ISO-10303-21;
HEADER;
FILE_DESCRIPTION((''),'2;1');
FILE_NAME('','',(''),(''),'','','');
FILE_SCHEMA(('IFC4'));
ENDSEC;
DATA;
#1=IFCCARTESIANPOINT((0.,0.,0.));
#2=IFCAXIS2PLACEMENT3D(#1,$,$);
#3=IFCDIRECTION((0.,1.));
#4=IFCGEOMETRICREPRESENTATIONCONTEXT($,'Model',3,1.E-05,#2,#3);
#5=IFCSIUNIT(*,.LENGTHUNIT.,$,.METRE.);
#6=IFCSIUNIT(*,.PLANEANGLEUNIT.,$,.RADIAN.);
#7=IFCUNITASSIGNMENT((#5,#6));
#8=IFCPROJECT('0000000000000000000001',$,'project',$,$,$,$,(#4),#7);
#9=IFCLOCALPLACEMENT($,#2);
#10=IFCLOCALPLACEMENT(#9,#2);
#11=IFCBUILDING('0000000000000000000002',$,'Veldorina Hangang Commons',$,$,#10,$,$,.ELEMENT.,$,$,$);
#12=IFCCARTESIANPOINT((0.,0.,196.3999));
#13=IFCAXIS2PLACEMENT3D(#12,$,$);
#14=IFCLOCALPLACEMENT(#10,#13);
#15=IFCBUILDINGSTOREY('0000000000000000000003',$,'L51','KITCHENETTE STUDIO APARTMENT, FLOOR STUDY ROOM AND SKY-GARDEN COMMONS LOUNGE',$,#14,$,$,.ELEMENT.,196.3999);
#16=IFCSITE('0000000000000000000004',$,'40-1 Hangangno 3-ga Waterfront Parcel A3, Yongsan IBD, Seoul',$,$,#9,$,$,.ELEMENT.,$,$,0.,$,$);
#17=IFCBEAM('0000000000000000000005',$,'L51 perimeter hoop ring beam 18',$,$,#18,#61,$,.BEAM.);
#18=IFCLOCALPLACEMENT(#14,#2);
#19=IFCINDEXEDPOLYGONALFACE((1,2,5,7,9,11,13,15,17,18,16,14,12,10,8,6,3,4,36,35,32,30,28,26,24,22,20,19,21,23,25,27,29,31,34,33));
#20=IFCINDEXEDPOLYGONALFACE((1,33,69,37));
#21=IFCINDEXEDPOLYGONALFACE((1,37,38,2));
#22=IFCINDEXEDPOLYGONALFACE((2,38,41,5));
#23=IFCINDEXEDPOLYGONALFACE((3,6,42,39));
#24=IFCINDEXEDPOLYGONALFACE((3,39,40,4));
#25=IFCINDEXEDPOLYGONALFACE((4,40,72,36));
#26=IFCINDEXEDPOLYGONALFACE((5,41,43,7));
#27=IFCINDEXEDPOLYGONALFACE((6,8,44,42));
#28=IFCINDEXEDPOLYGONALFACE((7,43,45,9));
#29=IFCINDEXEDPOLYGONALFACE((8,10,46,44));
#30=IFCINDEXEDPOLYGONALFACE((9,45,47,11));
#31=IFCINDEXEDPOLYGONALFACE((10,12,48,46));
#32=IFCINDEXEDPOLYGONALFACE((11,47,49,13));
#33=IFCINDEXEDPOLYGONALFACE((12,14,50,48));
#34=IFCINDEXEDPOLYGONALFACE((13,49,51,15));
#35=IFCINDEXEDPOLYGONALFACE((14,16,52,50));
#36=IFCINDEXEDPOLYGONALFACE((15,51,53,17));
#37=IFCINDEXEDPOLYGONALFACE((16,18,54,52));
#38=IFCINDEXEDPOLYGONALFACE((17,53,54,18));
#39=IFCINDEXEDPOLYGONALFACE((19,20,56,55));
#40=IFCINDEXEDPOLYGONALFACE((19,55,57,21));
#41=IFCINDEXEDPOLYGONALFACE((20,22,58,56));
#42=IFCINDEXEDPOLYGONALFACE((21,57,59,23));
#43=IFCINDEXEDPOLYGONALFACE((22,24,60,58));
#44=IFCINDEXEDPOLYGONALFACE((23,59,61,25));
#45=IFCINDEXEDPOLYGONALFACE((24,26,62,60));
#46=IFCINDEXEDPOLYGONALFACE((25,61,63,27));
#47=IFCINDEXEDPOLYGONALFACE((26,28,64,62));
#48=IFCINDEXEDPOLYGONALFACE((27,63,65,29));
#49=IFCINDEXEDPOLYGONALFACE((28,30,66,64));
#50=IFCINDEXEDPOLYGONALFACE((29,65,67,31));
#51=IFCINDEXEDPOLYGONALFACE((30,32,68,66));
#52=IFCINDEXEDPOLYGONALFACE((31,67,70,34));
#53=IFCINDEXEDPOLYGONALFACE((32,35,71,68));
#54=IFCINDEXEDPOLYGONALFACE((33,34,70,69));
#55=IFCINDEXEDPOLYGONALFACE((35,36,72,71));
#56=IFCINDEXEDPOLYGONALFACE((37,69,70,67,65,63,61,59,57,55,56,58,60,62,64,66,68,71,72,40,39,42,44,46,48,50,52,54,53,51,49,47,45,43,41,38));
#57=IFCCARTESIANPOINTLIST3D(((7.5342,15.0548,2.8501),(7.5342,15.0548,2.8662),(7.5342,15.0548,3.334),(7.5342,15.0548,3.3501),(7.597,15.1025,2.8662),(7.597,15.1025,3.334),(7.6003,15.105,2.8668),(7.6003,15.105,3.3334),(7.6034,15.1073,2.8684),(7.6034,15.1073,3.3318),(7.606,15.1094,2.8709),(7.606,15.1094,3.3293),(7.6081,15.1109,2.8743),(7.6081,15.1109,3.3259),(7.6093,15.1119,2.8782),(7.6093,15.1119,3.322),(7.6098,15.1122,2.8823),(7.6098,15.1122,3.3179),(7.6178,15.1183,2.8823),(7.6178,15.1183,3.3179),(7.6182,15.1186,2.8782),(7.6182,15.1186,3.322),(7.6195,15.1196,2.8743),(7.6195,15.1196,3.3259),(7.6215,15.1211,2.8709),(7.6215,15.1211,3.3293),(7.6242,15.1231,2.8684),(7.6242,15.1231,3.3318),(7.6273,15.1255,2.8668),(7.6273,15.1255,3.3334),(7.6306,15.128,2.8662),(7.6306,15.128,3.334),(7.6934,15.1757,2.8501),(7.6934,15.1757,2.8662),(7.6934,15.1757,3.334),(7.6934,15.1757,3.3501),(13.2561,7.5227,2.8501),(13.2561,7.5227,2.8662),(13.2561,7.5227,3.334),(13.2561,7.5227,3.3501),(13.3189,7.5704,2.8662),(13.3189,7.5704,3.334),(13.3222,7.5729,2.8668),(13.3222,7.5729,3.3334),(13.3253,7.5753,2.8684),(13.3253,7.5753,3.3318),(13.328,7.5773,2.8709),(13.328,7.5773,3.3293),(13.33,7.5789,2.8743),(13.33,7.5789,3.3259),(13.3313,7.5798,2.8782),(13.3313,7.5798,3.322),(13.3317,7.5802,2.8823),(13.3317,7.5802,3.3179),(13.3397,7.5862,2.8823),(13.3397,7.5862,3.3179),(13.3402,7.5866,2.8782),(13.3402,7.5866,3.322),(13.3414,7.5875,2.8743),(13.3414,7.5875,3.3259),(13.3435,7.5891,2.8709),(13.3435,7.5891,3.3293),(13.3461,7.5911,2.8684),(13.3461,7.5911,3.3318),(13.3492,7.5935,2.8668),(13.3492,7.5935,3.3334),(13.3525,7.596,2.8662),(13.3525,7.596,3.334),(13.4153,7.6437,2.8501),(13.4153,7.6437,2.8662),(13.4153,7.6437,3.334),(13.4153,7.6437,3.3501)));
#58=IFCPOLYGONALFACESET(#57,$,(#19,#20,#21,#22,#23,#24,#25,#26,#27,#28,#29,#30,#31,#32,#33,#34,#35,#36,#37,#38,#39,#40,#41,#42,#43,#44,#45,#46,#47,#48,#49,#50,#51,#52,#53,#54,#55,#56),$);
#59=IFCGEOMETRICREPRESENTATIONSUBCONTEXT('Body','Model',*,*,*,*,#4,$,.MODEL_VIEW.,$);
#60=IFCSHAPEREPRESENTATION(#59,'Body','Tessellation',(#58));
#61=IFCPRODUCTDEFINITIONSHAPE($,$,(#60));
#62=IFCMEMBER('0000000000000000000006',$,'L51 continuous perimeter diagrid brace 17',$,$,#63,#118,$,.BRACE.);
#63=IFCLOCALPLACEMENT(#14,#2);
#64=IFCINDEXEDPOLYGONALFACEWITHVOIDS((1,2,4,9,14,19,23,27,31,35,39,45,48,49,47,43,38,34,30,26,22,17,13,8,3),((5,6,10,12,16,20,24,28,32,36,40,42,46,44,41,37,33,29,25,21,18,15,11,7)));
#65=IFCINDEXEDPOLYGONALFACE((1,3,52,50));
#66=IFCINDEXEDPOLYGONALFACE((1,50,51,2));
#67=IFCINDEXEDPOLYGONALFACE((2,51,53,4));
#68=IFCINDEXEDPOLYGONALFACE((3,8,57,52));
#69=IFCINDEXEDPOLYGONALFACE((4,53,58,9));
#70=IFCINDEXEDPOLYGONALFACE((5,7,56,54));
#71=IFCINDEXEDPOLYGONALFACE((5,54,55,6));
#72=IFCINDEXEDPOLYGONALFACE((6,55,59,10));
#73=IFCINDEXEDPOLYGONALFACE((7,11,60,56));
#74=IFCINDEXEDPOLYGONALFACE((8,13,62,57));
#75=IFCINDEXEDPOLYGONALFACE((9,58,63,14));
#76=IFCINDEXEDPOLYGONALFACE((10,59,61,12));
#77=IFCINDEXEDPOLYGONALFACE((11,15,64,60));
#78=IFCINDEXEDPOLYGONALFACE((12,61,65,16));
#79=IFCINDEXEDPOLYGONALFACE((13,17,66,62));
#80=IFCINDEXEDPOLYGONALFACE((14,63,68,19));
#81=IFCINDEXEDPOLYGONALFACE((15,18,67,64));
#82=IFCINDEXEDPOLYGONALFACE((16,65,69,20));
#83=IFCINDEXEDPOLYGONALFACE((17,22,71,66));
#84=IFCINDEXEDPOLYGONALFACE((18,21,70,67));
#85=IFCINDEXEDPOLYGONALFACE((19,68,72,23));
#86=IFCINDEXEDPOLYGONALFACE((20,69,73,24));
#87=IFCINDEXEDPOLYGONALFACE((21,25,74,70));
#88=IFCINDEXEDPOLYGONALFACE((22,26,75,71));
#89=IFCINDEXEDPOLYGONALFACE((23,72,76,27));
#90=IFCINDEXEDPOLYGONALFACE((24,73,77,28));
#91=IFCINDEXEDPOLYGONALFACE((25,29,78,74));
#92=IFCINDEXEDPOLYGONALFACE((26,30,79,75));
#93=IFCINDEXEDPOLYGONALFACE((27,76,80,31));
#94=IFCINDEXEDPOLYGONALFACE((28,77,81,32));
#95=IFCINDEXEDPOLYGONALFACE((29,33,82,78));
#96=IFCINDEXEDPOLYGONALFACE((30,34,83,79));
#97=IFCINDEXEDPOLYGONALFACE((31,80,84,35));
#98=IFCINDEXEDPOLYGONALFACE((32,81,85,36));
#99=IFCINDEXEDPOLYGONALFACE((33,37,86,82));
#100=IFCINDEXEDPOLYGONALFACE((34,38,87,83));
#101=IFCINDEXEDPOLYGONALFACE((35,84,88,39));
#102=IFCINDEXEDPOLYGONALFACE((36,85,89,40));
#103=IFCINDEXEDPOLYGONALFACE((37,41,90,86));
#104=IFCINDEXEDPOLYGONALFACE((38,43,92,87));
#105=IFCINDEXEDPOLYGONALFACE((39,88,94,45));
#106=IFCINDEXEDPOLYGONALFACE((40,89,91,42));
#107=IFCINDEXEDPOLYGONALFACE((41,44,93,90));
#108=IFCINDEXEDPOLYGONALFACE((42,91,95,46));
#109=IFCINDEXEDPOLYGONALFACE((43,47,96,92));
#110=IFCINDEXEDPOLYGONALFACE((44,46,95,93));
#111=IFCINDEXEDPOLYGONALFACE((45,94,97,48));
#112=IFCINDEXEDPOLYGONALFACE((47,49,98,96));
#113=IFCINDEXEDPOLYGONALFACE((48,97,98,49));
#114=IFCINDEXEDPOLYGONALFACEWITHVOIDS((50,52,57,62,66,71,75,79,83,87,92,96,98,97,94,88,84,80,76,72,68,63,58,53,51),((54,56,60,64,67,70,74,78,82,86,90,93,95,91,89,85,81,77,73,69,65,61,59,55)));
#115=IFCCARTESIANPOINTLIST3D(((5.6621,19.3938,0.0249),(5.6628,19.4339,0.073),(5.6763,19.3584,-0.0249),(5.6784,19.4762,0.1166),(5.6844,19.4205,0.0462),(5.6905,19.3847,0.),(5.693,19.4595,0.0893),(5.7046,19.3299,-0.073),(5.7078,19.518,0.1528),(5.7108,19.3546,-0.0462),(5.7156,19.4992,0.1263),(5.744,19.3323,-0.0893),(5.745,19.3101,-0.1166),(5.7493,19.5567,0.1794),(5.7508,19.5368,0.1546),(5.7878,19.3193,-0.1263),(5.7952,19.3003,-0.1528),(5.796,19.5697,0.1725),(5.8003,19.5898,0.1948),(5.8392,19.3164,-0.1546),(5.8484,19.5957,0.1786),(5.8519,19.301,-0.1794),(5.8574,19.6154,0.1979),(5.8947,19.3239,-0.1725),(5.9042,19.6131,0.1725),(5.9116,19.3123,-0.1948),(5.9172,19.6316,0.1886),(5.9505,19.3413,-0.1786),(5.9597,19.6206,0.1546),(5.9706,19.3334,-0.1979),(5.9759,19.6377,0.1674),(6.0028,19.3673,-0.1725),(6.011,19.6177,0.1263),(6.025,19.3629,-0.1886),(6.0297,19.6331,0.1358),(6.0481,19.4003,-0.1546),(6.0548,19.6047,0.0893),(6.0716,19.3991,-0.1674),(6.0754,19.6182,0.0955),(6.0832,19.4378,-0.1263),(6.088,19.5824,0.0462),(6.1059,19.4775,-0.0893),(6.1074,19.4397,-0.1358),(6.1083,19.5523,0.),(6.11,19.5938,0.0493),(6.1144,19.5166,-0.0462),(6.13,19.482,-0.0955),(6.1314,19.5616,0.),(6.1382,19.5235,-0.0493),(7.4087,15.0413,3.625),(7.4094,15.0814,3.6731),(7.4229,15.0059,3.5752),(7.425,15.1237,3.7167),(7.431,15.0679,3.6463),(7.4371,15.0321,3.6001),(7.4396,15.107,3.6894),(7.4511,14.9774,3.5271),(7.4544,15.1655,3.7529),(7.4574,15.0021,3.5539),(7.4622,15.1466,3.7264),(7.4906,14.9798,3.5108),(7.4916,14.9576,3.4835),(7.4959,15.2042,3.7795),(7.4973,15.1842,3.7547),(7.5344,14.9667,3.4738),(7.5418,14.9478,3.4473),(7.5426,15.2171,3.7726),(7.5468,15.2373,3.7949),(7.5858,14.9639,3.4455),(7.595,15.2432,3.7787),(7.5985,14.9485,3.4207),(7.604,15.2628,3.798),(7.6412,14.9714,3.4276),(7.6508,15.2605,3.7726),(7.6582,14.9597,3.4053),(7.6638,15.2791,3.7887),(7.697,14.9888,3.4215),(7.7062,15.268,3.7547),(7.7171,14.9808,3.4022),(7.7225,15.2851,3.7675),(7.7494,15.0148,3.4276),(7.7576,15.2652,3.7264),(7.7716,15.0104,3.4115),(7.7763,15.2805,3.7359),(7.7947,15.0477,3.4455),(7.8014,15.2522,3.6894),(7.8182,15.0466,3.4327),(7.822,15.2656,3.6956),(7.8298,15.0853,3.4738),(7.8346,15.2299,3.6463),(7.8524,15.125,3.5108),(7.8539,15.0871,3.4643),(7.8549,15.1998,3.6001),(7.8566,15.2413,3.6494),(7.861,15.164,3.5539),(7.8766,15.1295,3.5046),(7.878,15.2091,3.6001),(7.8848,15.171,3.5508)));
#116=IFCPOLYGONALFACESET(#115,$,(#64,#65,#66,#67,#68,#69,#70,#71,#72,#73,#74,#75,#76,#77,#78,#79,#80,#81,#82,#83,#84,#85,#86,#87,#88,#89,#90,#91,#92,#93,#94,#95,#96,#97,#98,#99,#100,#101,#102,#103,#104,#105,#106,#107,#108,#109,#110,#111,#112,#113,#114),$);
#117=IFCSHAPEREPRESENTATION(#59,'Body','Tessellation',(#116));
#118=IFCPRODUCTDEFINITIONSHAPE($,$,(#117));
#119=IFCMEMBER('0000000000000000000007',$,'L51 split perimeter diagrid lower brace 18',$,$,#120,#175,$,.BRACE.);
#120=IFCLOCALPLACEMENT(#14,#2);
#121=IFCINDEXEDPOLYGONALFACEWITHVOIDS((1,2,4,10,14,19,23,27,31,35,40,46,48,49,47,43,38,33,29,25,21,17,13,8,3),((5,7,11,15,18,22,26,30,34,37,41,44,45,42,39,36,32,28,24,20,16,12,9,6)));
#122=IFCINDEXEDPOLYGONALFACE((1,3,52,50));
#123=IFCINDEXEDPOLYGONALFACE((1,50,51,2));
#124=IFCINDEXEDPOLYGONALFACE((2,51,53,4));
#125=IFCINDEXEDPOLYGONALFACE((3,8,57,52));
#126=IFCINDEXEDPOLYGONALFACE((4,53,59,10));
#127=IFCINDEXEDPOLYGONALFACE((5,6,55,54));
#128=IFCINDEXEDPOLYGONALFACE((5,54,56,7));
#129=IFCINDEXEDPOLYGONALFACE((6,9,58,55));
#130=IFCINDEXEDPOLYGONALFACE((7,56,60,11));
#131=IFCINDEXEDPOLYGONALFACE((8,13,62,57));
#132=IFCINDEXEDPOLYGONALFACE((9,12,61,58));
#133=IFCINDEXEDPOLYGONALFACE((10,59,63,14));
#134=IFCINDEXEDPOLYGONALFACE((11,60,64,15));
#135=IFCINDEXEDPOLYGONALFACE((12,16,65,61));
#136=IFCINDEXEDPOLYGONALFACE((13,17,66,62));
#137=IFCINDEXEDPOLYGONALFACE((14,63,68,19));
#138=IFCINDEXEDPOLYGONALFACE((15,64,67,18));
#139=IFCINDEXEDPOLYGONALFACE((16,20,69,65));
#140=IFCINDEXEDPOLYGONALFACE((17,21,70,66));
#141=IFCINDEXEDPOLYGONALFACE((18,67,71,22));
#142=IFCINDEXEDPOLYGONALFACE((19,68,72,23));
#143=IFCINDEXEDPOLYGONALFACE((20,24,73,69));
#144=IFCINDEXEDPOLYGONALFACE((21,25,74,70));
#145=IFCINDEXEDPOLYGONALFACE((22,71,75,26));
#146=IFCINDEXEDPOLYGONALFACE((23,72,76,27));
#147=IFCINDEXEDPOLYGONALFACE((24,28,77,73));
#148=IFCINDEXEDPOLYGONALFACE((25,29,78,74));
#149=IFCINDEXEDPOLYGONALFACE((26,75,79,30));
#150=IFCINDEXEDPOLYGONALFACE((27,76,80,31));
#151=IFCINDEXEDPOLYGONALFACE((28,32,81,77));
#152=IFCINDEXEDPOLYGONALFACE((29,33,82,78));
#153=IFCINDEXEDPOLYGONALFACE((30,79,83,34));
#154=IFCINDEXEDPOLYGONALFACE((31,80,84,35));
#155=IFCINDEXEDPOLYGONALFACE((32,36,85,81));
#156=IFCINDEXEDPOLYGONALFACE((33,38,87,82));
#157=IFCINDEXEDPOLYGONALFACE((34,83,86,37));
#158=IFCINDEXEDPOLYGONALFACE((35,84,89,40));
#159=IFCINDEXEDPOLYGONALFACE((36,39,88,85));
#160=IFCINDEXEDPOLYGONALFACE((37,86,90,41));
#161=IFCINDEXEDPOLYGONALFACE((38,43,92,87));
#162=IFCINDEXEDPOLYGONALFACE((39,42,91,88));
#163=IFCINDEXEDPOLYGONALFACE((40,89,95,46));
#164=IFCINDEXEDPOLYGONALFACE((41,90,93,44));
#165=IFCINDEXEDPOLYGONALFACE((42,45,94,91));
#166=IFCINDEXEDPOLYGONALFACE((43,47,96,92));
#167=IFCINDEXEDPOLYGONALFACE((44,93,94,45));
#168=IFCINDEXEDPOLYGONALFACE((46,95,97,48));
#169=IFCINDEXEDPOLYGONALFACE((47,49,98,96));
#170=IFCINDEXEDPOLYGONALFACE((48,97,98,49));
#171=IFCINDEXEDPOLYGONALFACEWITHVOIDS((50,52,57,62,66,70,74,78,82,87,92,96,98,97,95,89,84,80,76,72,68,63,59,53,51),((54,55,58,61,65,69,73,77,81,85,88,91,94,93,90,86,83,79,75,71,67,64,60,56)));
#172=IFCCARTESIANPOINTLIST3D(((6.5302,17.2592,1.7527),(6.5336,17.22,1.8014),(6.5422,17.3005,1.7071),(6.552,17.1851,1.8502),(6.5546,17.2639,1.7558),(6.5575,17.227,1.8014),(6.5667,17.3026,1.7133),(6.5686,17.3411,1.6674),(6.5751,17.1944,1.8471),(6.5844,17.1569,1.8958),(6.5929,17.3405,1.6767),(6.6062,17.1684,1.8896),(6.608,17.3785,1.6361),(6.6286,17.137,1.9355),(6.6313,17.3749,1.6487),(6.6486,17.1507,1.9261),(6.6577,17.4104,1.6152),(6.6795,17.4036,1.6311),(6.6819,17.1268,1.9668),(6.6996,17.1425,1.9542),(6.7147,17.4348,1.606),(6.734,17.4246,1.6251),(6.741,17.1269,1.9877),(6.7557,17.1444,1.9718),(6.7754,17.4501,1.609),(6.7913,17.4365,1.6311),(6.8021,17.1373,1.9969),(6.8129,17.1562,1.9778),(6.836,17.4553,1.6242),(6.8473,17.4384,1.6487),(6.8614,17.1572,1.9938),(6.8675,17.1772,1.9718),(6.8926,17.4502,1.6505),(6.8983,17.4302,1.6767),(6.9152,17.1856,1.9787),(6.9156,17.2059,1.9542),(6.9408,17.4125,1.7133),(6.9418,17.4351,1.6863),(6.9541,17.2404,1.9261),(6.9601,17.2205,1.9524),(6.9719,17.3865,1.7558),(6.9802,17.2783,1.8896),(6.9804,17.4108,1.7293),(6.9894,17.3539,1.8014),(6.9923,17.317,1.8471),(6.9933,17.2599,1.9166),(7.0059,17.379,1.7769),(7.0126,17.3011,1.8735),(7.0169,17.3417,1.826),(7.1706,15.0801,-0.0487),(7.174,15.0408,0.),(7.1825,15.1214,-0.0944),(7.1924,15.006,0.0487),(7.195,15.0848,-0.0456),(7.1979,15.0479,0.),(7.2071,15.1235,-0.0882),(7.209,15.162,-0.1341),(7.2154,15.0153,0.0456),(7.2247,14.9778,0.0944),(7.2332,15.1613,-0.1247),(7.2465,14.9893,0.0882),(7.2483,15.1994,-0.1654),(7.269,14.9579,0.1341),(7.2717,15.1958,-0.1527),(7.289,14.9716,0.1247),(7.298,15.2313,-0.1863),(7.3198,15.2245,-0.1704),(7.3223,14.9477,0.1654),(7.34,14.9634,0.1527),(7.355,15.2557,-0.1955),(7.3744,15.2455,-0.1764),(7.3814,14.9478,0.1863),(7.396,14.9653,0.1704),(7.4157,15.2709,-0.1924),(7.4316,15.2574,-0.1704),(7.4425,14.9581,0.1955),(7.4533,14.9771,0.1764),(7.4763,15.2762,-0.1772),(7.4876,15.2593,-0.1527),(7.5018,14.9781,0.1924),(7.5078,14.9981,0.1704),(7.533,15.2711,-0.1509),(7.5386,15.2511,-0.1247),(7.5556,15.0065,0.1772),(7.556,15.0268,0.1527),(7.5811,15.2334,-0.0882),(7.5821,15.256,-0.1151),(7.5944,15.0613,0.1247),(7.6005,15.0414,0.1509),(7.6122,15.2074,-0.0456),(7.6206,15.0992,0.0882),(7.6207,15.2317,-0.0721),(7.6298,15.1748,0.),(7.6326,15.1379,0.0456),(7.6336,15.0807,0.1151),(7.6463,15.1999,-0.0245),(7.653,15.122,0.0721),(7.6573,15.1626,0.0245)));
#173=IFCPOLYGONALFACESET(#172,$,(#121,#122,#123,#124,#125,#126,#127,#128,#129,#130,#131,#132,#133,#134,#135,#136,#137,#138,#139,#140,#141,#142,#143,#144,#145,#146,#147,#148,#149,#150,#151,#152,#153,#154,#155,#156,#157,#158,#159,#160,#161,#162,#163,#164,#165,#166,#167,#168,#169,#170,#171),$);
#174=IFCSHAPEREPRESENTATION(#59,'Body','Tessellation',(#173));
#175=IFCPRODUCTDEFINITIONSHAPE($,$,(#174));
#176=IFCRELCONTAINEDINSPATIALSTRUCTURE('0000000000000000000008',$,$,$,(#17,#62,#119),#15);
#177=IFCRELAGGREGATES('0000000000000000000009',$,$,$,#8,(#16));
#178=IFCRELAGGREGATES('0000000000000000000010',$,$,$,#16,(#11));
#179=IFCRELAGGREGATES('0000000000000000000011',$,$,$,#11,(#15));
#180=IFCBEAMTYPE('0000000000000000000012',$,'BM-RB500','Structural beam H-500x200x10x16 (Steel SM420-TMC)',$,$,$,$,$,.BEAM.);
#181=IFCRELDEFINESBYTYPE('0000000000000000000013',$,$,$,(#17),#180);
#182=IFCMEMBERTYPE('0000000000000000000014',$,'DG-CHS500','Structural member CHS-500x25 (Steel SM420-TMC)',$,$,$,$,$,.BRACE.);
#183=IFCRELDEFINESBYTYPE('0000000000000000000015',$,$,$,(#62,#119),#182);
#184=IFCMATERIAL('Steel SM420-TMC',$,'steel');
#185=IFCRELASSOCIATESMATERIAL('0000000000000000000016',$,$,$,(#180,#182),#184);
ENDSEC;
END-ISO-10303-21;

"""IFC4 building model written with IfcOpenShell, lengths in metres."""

from ifc_helpers import new_model, si_unit, direction, frame, origin, origin_2d, place, context, subcontext, project, spatial, hollow_circle, i_section, extrude, material, material_profile, profile_set, type_object, element, save


model = new_model("IFC4")

# Units and contexts
model_context = context("Model", 3, precision=1e-05, world=origin(), true_north=direction((0.0, 1.0)))
body_context = subcontext(model_context, "Body", "Model", "MODEL_VIEW")
ifc_project = project(units=[si_unit("LENGTHUNIT", "METRE"), si_unit("PLANEANGLEUNIT", "RADIAN")], contexts=[model_context])

# Site, building, storey
site_placement = place(None, origin())
site = spatial("IfcSite", under=ifc_project, at=site_placement, Name="40-1 Hangangno 3-ga Waterfront Parcel A3, Yongsan IBD, Seoul", CompositionType="ELEMENT", RefElevation=0.0)
building_placement = place(site_placement, origin())
building = spatial("IfcBuilding", under=site, at=building_placement, Name="Veldorina Hangang Commons", CompositionType="ELEMENT")
storey_placement = place(building_placement, frame((0.0, 0.0, 196.3999)))
storey = spatial("IfcBuildingStorey", under=building, at=storey_placement, Name="L51", Description="KITCHENETTE STUDIO APARTMENT, FLOOR STUDY ROOM AND SKY-GARDEN COMMONS LOUNGE", CompositionType="ELEMENT", Elevation=196.3999)

# Beam
ifc_material_1 = material(Name="Steel SM420-TMC", Category="steel")
ifc_material_profile_1 = material_profile(ifc_material_1, i_section(OverallWidth=0.2, OverallDepth=0.5, WebThickness=0.01, FlangeThickness=0.0161, FilletRadius=0.0161, at=origin_2d()), Name="H-500x200x10x16")
ifc_profile_set_1 = profile_set([ifc_material_profile_1], Name="Steel SM420-TMC")
beam_type = type_object("IfcBeamType", Name="BM-RB500", Description="Structural beam H-500x200x10x16 (Steel SM420-TMC)", PredefinedType="BEAM", material=ifc_profile_set_1)
beam_placement = place(storey_placement, frame((7.6138, 15.1152, 3.1001), z_axis=(0.604924, -0.796284, 0.0), x_axis=(0.796284, 0.604924, 0.0)))
element("IfcBeam", 1, at=beam_placement, inside=storey, type_object=beam_type, Name="L51 perimeter hoop ring beam 18", PredefinedType="BEAM", context=body_context, shape_type="SweptSolid", body=[
    extrude(i_section(OverallWidth=0.2, OverallDepth=0.5, WebThickness=0.01, FlangeThickness=0.0161, FilletRadius=0.0161, at=origin_2d()), origin(), (0.0, 0.0, 1.0), 9.459),
])

# Members
ifc_material_profile_2 = material_profile(ifc_material_1, hollow_circle(Radius=0.25, WallThickness=0.0249, at=origin_2d()), Name="CHS-500x25")
ifc_profile_set_2 = profile_set([ifc_material_profile_2], Name="Steel SM420-TMC")
member_type_1 = type_object("IfcMemberType", Name="DG-CHS500", Description="Structural member CHS-500x25 (Steel SM420-TMC)", PredefinedType="BRACE", material=ifc_profile_set_2)
member_1_placement = place(storey_placement, frame((5.8994, 19.4685, 0.0), z_axis=(0.295413, -0.736178, 0.608912), x_axis=(0.928067, 0.372414, 0.0)))
element("IfcMember", 2, at=member_1_placement, inside=storey, type_object=member_type_1, Name="L51 continuous perimeter diagrid brace 17", PredefinedType="BRACE", context=body_context, shape_type="SweptSolid", body=[
    extrude(hollow_circle(Radius=0.25, WallThickness=0.0249, at=origin_2d()), origin(), (0.0, 0.0, 1.0), 5.9124),
])
member_2_placement = place(storey_placement, frame((7.4138, 15.1113, 0.0), z_axis=(-0.220894, 0.751696, 0.621417), x_axis=(-0.959432, -0.281939, 0.0)))
element("IfcMember", 3, at=member_2_placement, inside=storey, type_object=member_type_1, Name="L51 split perimeter diagrid lower brace 18", PredefinedType="BRACE", context=body_context, shape_type="SweptSolid", body=[
    extrude(hollow_circle(Radius=0.25, WallThickness=0.0249, at=origin_2d()), origin(), (0.0, 0.0, 1.0), 2.8989),
])

save(model, "model.ifc")
